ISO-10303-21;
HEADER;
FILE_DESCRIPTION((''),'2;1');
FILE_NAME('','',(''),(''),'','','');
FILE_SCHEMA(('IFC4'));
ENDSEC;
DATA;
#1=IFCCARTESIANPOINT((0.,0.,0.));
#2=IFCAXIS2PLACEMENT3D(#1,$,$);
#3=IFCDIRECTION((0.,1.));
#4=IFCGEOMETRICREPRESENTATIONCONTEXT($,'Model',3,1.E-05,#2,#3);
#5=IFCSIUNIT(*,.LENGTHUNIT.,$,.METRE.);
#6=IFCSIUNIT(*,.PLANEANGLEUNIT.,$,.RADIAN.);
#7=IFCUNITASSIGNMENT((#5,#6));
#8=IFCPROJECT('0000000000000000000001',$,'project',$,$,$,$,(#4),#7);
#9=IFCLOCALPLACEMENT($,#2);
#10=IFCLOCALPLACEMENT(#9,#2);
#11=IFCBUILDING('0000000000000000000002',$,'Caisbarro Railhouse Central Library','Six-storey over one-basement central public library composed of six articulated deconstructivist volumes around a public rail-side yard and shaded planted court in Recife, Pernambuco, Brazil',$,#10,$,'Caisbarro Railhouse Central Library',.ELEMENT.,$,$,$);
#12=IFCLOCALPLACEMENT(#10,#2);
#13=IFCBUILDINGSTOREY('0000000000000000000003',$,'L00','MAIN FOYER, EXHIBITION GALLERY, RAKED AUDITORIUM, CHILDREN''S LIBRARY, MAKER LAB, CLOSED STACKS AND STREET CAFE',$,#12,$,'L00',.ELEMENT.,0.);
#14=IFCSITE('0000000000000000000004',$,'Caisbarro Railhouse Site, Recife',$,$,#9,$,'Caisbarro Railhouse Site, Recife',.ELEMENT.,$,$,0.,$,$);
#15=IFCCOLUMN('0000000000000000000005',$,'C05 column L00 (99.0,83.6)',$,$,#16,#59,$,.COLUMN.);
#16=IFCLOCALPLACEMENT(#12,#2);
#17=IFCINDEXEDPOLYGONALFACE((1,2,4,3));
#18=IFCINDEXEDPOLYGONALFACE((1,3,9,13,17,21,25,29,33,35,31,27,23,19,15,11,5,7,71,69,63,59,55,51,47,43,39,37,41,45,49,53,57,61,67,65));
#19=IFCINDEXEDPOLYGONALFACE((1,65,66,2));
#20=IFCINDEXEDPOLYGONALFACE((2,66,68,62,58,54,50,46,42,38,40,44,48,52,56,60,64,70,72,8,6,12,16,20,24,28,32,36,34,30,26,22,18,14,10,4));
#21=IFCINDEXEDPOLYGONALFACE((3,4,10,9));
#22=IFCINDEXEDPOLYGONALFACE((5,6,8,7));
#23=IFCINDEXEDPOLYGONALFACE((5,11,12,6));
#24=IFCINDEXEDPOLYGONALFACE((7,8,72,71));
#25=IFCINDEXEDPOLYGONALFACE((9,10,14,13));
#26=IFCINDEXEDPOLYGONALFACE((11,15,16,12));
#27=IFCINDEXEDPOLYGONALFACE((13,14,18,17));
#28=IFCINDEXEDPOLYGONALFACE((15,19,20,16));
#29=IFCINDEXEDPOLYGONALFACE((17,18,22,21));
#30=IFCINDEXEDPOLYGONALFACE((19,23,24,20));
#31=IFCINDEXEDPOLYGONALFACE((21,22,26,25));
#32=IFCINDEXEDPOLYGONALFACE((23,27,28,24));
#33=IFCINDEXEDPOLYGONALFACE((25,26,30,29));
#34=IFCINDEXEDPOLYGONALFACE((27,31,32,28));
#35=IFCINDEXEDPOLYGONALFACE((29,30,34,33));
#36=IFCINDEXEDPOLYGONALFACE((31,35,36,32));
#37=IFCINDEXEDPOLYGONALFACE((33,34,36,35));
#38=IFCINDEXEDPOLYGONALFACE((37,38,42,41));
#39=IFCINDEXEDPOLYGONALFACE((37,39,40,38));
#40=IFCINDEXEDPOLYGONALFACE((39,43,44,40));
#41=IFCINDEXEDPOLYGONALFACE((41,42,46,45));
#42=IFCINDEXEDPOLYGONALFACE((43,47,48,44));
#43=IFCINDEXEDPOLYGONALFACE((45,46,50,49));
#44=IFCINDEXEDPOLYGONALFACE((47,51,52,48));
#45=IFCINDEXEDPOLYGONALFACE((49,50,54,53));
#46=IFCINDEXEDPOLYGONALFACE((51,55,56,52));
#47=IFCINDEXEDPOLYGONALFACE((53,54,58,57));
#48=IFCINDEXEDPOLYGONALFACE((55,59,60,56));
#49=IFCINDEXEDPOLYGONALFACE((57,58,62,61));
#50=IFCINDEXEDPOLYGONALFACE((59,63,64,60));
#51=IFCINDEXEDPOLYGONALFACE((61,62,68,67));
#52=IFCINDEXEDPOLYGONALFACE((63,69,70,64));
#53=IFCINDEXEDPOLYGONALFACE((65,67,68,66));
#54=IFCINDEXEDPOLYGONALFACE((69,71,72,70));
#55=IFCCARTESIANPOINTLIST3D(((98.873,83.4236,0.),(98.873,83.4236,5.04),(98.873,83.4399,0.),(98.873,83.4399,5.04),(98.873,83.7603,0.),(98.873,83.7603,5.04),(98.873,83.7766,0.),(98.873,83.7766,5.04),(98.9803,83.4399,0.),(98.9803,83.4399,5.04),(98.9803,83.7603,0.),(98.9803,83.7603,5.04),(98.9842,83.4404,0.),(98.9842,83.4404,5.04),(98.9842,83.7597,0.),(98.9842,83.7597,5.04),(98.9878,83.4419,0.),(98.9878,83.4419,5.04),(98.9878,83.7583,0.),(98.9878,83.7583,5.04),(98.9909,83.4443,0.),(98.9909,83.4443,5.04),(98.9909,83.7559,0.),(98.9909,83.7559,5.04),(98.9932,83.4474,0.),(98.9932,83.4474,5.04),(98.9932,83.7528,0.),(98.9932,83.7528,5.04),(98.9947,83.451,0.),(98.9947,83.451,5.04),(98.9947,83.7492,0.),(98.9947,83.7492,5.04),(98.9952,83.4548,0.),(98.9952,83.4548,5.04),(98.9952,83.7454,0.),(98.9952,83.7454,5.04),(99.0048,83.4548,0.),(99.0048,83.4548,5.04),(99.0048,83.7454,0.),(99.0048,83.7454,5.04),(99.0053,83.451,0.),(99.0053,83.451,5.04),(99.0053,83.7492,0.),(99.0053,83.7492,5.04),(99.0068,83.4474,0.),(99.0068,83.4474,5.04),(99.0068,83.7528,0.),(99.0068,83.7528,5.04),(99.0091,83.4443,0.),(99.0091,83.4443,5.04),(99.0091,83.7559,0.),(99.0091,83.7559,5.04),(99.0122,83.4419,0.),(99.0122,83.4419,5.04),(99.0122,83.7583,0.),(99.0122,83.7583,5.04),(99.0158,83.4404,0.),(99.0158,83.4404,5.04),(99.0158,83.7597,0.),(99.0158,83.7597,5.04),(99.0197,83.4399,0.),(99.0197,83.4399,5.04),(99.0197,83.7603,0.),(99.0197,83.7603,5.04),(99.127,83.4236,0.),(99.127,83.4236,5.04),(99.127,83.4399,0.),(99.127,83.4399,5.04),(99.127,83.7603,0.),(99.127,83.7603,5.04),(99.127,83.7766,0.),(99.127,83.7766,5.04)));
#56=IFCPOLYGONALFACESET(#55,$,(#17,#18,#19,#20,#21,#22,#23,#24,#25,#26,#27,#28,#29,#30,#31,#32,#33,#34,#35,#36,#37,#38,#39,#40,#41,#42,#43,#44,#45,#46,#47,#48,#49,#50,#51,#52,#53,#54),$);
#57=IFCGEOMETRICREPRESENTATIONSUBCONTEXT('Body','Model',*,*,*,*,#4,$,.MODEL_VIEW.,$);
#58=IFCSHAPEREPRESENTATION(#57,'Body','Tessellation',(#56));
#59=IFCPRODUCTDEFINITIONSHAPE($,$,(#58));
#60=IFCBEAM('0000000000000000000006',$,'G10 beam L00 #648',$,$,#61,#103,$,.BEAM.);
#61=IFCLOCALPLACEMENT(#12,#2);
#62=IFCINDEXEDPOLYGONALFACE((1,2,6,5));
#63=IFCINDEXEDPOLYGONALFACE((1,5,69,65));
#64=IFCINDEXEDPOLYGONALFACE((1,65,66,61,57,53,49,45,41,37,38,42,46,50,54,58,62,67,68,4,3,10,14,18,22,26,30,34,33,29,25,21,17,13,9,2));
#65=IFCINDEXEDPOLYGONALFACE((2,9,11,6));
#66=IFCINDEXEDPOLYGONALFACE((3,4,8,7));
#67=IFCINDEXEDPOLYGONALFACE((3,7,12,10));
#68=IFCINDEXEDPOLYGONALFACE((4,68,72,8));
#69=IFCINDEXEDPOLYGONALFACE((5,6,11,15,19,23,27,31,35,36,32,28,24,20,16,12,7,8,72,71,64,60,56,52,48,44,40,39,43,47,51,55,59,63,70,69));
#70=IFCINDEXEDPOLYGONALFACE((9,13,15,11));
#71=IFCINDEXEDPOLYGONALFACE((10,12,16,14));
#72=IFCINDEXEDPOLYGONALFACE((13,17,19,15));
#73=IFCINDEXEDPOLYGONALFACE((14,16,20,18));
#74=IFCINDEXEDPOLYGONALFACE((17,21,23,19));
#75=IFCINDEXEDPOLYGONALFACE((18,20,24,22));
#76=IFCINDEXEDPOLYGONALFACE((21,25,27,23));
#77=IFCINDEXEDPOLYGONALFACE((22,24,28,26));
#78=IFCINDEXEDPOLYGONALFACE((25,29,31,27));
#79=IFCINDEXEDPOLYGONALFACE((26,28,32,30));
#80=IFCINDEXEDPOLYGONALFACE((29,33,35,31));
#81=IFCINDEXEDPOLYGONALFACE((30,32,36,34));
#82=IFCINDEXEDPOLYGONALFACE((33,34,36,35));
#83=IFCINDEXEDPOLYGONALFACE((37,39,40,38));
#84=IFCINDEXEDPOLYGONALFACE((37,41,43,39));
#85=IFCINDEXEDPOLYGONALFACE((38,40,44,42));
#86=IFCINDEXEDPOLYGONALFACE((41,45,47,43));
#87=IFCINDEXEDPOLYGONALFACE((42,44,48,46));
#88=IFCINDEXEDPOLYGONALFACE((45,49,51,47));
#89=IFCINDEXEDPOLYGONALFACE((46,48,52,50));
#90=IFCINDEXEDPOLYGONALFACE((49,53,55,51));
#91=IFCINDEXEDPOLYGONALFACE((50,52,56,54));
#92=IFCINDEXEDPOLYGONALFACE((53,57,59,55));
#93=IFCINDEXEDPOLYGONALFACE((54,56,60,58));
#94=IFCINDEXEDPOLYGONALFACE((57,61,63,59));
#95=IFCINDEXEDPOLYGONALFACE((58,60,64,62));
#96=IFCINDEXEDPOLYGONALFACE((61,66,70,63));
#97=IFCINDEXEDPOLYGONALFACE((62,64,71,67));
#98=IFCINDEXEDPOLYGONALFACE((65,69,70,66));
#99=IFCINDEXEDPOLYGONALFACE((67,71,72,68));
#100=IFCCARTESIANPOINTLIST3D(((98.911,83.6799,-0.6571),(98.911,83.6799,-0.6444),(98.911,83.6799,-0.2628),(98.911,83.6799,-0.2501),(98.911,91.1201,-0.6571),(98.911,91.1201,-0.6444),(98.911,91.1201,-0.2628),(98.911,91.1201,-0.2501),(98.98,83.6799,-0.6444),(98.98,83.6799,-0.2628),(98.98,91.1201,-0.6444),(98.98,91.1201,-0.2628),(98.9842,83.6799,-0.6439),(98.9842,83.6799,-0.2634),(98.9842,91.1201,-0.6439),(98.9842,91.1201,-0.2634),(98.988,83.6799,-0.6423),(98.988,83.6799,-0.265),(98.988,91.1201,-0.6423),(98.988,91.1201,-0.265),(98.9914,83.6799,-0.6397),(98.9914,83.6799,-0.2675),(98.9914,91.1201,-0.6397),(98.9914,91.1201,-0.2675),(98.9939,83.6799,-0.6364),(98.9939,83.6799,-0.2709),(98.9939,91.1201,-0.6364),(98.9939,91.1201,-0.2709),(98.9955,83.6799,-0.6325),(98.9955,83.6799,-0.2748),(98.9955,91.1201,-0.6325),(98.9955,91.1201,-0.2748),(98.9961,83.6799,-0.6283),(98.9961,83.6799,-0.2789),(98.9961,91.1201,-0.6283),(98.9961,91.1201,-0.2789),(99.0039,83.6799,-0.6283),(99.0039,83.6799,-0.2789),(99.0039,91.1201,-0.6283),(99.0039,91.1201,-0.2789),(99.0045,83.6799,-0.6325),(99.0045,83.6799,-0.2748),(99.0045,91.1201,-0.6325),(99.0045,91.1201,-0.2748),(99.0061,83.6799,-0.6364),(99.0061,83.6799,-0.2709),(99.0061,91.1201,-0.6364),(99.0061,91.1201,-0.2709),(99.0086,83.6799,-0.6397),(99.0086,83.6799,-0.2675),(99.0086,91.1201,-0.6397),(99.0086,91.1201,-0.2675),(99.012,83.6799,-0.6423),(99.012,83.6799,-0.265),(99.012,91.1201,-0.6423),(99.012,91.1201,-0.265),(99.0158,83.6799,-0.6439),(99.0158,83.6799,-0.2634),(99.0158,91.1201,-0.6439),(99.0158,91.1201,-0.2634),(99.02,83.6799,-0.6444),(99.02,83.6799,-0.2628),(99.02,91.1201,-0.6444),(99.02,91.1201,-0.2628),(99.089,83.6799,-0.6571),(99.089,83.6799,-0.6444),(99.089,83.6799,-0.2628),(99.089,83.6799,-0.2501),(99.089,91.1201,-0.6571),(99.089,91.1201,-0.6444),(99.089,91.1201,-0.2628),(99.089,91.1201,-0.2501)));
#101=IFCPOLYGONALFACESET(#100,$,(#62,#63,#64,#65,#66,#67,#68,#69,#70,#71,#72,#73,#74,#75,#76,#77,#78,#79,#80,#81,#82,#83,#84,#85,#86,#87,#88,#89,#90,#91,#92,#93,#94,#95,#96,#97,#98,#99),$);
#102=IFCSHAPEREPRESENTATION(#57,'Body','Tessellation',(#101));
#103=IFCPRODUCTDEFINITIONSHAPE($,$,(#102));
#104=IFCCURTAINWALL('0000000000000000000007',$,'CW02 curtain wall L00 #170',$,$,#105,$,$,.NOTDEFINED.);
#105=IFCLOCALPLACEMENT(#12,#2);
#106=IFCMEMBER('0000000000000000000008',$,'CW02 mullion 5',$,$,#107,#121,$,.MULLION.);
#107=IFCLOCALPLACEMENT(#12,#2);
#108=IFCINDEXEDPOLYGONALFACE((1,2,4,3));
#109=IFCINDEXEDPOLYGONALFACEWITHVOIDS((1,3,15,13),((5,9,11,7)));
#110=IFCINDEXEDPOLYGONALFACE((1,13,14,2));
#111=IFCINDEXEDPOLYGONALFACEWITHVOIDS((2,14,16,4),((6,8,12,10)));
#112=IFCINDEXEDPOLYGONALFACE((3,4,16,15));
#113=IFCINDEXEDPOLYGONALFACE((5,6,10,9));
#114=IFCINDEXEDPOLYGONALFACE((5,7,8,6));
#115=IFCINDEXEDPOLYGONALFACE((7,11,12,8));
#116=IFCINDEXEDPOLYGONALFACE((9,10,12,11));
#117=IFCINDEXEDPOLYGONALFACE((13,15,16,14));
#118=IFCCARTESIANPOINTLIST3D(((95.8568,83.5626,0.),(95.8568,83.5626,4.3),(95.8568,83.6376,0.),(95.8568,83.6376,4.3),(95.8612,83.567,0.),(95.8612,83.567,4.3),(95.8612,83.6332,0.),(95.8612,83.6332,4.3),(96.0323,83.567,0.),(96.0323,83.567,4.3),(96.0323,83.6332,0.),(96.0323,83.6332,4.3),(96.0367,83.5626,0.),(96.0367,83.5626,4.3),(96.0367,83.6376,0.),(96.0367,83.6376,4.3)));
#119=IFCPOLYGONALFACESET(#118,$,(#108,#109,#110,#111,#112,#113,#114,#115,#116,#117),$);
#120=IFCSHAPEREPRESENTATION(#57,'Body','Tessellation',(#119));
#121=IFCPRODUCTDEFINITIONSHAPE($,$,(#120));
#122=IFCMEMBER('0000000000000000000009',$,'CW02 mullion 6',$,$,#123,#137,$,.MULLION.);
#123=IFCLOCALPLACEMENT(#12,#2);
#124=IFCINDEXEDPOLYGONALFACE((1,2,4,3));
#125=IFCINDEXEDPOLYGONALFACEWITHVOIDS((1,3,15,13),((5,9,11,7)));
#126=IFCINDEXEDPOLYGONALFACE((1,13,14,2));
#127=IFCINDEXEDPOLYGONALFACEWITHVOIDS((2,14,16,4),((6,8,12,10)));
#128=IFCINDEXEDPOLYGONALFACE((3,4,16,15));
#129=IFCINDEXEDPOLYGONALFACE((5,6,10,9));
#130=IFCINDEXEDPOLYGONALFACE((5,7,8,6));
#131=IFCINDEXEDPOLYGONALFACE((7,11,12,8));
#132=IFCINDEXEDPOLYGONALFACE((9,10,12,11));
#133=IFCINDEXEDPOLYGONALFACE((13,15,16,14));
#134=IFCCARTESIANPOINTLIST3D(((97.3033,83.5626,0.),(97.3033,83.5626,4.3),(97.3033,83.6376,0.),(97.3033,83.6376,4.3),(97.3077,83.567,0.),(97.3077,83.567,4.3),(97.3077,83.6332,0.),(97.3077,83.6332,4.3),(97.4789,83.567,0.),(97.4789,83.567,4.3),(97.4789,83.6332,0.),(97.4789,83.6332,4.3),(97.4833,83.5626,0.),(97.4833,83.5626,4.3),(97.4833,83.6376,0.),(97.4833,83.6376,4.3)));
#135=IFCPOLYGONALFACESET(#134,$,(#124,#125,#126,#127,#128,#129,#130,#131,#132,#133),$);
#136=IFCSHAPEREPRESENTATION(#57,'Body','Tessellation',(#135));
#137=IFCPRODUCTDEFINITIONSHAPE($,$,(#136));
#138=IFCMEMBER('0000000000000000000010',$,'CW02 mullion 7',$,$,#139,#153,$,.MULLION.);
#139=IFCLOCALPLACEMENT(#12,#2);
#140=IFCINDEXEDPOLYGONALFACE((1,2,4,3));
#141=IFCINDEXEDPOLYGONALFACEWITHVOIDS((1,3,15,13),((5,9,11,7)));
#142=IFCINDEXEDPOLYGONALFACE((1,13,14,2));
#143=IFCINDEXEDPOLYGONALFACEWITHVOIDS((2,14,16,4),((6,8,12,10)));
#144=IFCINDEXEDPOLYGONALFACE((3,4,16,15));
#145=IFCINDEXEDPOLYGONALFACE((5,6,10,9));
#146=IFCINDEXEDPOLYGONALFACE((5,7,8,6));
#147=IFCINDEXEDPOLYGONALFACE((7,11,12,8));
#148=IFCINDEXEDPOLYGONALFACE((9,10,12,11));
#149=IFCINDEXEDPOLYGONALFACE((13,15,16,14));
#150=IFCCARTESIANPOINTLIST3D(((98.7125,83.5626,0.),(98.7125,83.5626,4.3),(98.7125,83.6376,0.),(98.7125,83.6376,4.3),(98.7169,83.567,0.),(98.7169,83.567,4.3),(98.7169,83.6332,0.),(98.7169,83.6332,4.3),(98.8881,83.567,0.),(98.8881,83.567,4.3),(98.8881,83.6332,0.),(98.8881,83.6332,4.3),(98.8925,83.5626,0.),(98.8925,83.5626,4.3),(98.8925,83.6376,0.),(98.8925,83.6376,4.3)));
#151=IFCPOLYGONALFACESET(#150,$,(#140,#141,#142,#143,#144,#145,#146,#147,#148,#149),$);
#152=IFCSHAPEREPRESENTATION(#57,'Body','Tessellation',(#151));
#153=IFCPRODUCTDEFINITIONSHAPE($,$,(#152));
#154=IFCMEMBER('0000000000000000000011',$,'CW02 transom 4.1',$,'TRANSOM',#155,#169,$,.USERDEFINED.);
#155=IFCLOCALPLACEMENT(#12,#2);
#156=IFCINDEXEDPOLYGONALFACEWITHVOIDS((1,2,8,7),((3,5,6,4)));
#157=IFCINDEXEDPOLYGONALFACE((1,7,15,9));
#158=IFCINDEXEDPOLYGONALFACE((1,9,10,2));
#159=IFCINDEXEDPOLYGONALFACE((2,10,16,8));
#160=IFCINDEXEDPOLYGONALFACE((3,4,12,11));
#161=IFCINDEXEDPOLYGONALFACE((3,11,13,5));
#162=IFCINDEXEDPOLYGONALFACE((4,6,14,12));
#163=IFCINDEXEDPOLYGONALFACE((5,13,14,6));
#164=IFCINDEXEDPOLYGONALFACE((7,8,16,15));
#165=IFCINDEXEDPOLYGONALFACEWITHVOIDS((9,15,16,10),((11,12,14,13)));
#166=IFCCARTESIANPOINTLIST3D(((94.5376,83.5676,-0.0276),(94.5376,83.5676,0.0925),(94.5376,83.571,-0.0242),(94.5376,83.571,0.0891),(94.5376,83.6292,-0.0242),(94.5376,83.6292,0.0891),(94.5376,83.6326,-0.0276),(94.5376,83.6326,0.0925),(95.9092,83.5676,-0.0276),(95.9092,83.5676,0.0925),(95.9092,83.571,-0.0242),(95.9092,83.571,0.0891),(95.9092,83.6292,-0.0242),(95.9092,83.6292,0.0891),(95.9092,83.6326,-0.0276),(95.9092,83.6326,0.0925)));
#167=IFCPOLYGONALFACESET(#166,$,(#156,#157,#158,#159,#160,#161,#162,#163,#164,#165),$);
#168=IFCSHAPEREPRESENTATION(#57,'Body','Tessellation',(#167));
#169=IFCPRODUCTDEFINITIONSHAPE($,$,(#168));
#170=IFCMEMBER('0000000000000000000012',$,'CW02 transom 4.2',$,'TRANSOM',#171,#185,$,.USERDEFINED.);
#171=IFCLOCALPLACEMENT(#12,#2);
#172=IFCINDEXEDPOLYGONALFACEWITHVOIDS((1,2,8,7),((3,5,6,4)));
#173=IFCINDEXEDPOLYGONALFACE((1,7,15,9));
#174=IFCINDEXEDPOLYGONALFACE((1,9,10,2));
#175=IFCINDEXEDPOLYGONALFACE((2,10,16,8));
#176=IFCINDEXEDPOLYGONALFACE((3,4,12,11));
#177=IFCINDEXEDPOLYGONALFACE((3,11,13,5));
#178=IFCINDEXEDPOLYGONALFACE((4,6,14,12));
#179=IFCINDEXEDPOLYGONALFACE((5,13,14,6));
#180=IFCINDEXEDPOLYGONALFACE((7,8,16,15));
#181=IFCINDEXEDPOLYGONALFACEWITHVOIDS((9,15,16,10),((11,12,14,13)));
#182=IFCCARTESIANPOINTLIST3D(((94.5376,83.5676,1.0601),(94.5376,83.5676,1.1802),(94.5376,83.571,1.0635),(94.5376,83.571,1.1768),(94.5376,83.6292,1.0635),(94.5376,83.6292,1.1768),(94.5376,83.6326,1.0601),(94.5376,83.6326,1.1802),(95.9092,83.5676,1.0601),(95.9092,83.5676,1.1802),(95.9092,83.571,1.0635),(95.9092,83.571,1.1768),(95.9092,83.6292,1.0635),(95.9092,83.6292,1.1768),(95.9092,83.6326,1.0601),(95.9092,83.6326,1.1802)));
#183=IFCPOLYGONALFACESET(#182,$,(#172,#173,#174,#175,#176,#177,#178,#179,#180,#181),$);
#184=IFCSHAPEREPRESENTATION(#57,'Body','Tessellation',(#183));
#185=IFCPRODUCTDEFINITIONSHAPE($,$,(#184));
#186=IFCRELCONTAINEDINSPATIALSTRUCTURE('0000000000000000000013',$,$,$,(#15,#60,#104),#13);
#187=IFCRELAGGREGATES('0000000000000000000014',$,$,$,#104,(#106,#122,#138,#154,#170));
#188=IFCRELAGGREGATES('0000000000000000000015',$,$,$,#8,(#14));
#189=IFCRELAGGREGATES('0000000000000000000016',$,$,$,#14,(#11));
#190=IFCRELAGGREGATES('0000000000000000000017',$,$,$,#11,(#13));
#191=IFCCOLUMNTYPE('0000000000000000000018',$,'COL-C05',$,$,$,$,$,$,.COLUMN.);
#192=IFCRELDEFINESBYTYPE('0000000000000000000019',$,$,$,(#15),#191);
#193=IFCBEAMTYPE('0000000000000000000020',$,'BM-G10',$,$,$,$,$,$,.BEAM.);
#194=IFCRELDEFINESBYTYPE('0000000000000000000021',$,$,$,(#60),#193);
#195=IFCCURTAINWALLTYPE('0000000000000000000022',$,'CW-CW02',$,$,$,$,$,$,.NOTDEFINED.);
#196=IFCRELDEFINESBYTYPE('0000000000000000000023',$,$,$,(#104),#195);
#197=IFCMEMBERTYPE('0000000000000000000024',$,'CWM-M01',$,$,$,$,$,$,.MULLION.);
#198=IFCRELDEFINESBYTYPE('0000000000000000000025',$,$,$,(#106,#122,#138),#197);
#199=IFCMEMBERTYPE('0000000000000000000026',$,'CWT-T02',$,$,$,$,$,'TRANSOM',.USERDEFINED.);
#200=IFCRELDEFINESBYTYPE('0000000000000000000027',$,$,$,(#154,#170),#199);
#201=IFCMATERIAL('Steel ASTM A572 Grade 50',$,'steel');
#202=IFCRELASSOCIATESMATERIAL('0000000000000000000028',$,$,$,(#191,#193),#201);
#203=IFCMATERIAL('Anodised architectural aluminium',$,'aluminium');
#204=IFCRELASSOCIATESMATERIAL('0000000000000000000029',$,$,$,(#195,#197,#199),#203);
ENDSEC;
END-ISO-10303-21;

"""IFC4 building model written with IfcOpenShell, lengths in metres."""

from ifc_helpers import new_model, si_unit, direction, frame, origin, origin_2d, place, context, subcontext, project, spatial, hollow_rectangle, i_section, extrude, material, material_profile, profile_set, type_object, element, aggregate, save


model = new_model("IFC4")

# Units and contexts
model_context = context("Model", 3, precision=1e-05, world=origin(), true_north=direction((0.0, 1.0)))
body_context = subcontext(model_context, "Body", "Model", "MODEL_VIEW")
ifc_project = project(units=[si_unit("LENGTHUNIT", "METRE"), si_unit("PLANEANGLEUNIT", "RADIAN")], contexts=[model_context])

# Site, building, storey
site_placement = place(None, origin())
site = spatial("IfcSite", under=ifc_project, at=site_placement, Name="Caisbarro Railhouse Site, Recife", LongName="Caisbarro Railhouse Site, Recife", CompositionType="ELEMENT", RefElevation=0.0)
building_placement = place(site_placement, origin())
building = spatial("IfcBuilding", under=site, at=building_placement, Name="Caisbarro Railhouse Central Library", Description="Six-storey over one-basement central public library composed of six articulated deconstructivist volumes around a public rail-side yard and shaded planted court in Recife, Pernambuco, Brazil", LongName="Caisbarro Railhouse Central Library", CompositionType="ELEMENT")
storey_placement = place(building_placement, origin())
storey = spatial("IfcBuildingStorey", under=building, at=storey_placement, Name="L00", Description="MAIN FOYER, EXHIBITION GALLERY, RAKED AUDITORIUM, CHILDREN'S LIBRARY, MAKER LAB, CLOSED STACKS AND STREET CAFE", LongName="L00", CompositionType="ELEMENT", Elevation=0.0)

# Column
ifc_material_1 = material(Name="Steel ASTM A572 Grade 50", Category="steel")
ifc_material_profile_1 = material_profile(ifc_material_1, i_section(OverallWidth=0.2539, OverallDepth=0.353, WebThickness=0.0095, FlangeThickness=0.0164, FilletRadius=0.0149, at=origin_2d()), Name="W360X91.0")
ifc_profile_set_1 = profile_set([ifc_material_profile_1], Name="Steel ASTM A572 Grade 50")
column_type = type_object("IfcColumnType", Name="COL-C05", PredefinedType="COLUMN", material=ifc_profile_set_1)
column_placement = place(storey_placement, frame((99.0, 83.6001, 0.0), z_axis=(0.0, 0.0, 1.0), x_axis=(1.0, 0.0, 0.0)))
element("IfcColumn", 1, at=column_placement, inside=storey, type_object=column_type, Name="C05 column L00 (99.0,83.6)", PredefinedType="COLUMN", context=body_context, shape_type="SweptSolid", body=[
    extrude(i_section(OverallWidth=0.2539, OverallDepth=0.353, WebThickness=0.0095, FlangeThickness=0.0164, FilletRadius=0.0149, at=origin_2d()), origin(), (0.0, 0.0, 1.0), 5.04),
])

# Beam
ifc_material_profile_2 = material_profile(ifc_material_1, i_section(OverallWidth=0.178, OverallDepth=0.407, WebThickness=0.0078, FlangeThickness=0.0127, FilletRadius=0.0161, at=origin_2d()), Name="W410X60.0")
ifc_profile_set_2 = profile_set([ifc_material_profile_2], Name="Steel ASTM A572 Grade 50")
beam_type = type_object("IfcBeamType", Name="BM-G10", PredefinedType="BEAM", material=ifc_profile_set_2)
beam_placement = place(storey_placement, frame((99.0, 83.6799, -0.4536), z_axis=(0.0, 1.0, 0.0), x_axis=(-1.0, 0.0, 0.0)))
element("IfcBeam", 2, at=beam_placement, inside=storey, type_object=beam_type, Name="G10 beam L00 #648", PredefinedType="BEAM", context=body_context, shape_type="SweptSolid", body=[
    extrude(i_section(OverallWidth=0.178, OverallDepth=0.407, WebThickness=0.0078, FlangeThickness=0.0127, FilletRadius=0.0161, at=origin_2d()), origin(), (0.0, 0.0, 1.0), 7.4402),
])

# Curtain wall, members
ifc_material_2 = material(Name="Anodised architectural aluminium", Category="aluminium")
curtain_wall_type = type_object("IfcCurtainWallType", Name="CW-CW02", PredefinedType="NOTDEFINED", material=ifc_material_2)
curtain_wall_placement = place(storey_placement, origin())
curtain_wall = element("IfcCurtainWall", 3, at=curtain_wall_placement, inside=storey, type_object=curtain_wall_type, Name="CW02 curtain wall L00 #170", PredefinedType="NOTDEFINED")
ifc_material_profile_3 = material_profile(ifc_material_2, hollow_rectangle(XDim=0.075, YDim=0.1799, WallThickness=0.0044, at=origin_2d()), Name="ALU-MUL-75X180")
ifc_profile_set_3 = profile_set([ifc_material_profile_3], Name="Anodised architectural aluminium")
member_type_1 = type_object("IfcMemberType", Name="CWM-M01", PredefinedType="MULLION", material=ifc_profile_set_3)
member_1_placement = place(storey_placement, frame((95.9468, 83.6001, 0.0), z_axis=(0.0, 0.0, 1.0), x_axis=(0.0, 1.0, 0.0)))
member_1 = element("IfcMember", 4, at=member_1_placement, type_object=member_type_1, Name="CW02 mullion 5", PredefinedType="MULLION", context=body_context, shape_type="SweptSolid", body=[
    extrude(hollow_rectangle(XDim=0.075, YDim=0.1799, WallThickness=0.0044, at=origin_2d()), origin(), (0.0, 0.0, 1.0), 4.3),
])
member_2_placement = place(storey_placement, frame((97.3933, 83.6001, 0.0), z_axis=(0.0, 0.0, 1.0), x_axis=(0.0, 1.0, 0.0)))
member_2 = element("IfcMember", 5, at=member_2_placement, type_object=member_type_1, Name="CW02 mullion 6", PredefinedType="MULLION", context=body_context, shape_type="SweptSolid", body=[
    extrude(hollow_rectangle(XDim=0.075, YDim=0.1799, WallThickness=0.0044, at=origin_2d()), origin(), (0.0, 0.0, 1.0), 4.3),
])
member_3_placement = place(storey_placement, frame((98.8025, 83.6001, 0.0), z_axis=(0.0, 0.0, 1.0), x_axis=(0.0, 1.0, 0.0)))
member_3 = element("IfcMember", 6, at=member_3_placement, type_object=member_type_1, Name="CW02 mullion 7", PredefinedType="MULLION", context=body_context, shape_type="SweptSolid", body=[
    extrude(hollow_rectangle(XDim=0.075, YDim=0.1799, WallThickness=0.0044, at=origin_2d()), origin(), (0.0, 0.0, 1.0), 4.3),
])
ifc_material_profile_4 = material_profile(ifc_material_2, hollow_rectangle(XDim=0.0649, YDim=0.1201, WallThickness=0.0034, at=origin_2d()), Name="ALU-TRN-65X120")
ifc_profile_set_4 = profile_set([ifc_material_profile_4], Name="Anodised architectural aluminium")
member_type_2 = type_object("IfcMemberType", Name="CWT-T02", ElementType="TRANSOM", PredefinedType="USERDEFINED", material=ifc_profile_set_4)
member_4_placement = place(storey_placement, frame((94.5376, 83.6001, 0.0325), z_axis=(1.0, 0.0, 0.0), x_axis=(0.0, 1.0, 0.0)))
member_4 = element("IfcMember", 7, at=member_4_placement, type_object=member_type_2, Name="CW02 transom 4.1", ObjectType="TRANSOM", PredefinedType="USERDEFINED", context=body_context, shape_type="SweptSolid", body=[
    extrude(hollow_rectangle(XDim=0.0649, YDim=0.1201, WallThickness=0.0034, at=origin_2d()), origin(), (0.0, 0.0, 1.0), 1.3716),
])
member_5_placement = place(storey_placement, frame((94.5376, 83.6001, 1.1201), z_axis=(1.0, 0.0, 0.0), x_axis=(0.0, 1.0, 0.0)))
member_5 = element("IfcMember", 8, at=member_5_placement, type_object=member_type_2, Name="CW02 transom 4.2", ObjectType="TRANSOM", PredefinedType="USERDEFINED", context=body_context, shape_type="SweptSolid", body=[
    extrude(hollow_rectangle(XDim=0.0649, YDim=0.1201, WallThickness=0.0034, at=origin_2d()), origin(), (0.0, 0.0, 1.0), 1.3716),
])
aggregate(curtain_wall, [member_1, member_2, member_3, member_4, member_5])

save(model, "model.ifc")
